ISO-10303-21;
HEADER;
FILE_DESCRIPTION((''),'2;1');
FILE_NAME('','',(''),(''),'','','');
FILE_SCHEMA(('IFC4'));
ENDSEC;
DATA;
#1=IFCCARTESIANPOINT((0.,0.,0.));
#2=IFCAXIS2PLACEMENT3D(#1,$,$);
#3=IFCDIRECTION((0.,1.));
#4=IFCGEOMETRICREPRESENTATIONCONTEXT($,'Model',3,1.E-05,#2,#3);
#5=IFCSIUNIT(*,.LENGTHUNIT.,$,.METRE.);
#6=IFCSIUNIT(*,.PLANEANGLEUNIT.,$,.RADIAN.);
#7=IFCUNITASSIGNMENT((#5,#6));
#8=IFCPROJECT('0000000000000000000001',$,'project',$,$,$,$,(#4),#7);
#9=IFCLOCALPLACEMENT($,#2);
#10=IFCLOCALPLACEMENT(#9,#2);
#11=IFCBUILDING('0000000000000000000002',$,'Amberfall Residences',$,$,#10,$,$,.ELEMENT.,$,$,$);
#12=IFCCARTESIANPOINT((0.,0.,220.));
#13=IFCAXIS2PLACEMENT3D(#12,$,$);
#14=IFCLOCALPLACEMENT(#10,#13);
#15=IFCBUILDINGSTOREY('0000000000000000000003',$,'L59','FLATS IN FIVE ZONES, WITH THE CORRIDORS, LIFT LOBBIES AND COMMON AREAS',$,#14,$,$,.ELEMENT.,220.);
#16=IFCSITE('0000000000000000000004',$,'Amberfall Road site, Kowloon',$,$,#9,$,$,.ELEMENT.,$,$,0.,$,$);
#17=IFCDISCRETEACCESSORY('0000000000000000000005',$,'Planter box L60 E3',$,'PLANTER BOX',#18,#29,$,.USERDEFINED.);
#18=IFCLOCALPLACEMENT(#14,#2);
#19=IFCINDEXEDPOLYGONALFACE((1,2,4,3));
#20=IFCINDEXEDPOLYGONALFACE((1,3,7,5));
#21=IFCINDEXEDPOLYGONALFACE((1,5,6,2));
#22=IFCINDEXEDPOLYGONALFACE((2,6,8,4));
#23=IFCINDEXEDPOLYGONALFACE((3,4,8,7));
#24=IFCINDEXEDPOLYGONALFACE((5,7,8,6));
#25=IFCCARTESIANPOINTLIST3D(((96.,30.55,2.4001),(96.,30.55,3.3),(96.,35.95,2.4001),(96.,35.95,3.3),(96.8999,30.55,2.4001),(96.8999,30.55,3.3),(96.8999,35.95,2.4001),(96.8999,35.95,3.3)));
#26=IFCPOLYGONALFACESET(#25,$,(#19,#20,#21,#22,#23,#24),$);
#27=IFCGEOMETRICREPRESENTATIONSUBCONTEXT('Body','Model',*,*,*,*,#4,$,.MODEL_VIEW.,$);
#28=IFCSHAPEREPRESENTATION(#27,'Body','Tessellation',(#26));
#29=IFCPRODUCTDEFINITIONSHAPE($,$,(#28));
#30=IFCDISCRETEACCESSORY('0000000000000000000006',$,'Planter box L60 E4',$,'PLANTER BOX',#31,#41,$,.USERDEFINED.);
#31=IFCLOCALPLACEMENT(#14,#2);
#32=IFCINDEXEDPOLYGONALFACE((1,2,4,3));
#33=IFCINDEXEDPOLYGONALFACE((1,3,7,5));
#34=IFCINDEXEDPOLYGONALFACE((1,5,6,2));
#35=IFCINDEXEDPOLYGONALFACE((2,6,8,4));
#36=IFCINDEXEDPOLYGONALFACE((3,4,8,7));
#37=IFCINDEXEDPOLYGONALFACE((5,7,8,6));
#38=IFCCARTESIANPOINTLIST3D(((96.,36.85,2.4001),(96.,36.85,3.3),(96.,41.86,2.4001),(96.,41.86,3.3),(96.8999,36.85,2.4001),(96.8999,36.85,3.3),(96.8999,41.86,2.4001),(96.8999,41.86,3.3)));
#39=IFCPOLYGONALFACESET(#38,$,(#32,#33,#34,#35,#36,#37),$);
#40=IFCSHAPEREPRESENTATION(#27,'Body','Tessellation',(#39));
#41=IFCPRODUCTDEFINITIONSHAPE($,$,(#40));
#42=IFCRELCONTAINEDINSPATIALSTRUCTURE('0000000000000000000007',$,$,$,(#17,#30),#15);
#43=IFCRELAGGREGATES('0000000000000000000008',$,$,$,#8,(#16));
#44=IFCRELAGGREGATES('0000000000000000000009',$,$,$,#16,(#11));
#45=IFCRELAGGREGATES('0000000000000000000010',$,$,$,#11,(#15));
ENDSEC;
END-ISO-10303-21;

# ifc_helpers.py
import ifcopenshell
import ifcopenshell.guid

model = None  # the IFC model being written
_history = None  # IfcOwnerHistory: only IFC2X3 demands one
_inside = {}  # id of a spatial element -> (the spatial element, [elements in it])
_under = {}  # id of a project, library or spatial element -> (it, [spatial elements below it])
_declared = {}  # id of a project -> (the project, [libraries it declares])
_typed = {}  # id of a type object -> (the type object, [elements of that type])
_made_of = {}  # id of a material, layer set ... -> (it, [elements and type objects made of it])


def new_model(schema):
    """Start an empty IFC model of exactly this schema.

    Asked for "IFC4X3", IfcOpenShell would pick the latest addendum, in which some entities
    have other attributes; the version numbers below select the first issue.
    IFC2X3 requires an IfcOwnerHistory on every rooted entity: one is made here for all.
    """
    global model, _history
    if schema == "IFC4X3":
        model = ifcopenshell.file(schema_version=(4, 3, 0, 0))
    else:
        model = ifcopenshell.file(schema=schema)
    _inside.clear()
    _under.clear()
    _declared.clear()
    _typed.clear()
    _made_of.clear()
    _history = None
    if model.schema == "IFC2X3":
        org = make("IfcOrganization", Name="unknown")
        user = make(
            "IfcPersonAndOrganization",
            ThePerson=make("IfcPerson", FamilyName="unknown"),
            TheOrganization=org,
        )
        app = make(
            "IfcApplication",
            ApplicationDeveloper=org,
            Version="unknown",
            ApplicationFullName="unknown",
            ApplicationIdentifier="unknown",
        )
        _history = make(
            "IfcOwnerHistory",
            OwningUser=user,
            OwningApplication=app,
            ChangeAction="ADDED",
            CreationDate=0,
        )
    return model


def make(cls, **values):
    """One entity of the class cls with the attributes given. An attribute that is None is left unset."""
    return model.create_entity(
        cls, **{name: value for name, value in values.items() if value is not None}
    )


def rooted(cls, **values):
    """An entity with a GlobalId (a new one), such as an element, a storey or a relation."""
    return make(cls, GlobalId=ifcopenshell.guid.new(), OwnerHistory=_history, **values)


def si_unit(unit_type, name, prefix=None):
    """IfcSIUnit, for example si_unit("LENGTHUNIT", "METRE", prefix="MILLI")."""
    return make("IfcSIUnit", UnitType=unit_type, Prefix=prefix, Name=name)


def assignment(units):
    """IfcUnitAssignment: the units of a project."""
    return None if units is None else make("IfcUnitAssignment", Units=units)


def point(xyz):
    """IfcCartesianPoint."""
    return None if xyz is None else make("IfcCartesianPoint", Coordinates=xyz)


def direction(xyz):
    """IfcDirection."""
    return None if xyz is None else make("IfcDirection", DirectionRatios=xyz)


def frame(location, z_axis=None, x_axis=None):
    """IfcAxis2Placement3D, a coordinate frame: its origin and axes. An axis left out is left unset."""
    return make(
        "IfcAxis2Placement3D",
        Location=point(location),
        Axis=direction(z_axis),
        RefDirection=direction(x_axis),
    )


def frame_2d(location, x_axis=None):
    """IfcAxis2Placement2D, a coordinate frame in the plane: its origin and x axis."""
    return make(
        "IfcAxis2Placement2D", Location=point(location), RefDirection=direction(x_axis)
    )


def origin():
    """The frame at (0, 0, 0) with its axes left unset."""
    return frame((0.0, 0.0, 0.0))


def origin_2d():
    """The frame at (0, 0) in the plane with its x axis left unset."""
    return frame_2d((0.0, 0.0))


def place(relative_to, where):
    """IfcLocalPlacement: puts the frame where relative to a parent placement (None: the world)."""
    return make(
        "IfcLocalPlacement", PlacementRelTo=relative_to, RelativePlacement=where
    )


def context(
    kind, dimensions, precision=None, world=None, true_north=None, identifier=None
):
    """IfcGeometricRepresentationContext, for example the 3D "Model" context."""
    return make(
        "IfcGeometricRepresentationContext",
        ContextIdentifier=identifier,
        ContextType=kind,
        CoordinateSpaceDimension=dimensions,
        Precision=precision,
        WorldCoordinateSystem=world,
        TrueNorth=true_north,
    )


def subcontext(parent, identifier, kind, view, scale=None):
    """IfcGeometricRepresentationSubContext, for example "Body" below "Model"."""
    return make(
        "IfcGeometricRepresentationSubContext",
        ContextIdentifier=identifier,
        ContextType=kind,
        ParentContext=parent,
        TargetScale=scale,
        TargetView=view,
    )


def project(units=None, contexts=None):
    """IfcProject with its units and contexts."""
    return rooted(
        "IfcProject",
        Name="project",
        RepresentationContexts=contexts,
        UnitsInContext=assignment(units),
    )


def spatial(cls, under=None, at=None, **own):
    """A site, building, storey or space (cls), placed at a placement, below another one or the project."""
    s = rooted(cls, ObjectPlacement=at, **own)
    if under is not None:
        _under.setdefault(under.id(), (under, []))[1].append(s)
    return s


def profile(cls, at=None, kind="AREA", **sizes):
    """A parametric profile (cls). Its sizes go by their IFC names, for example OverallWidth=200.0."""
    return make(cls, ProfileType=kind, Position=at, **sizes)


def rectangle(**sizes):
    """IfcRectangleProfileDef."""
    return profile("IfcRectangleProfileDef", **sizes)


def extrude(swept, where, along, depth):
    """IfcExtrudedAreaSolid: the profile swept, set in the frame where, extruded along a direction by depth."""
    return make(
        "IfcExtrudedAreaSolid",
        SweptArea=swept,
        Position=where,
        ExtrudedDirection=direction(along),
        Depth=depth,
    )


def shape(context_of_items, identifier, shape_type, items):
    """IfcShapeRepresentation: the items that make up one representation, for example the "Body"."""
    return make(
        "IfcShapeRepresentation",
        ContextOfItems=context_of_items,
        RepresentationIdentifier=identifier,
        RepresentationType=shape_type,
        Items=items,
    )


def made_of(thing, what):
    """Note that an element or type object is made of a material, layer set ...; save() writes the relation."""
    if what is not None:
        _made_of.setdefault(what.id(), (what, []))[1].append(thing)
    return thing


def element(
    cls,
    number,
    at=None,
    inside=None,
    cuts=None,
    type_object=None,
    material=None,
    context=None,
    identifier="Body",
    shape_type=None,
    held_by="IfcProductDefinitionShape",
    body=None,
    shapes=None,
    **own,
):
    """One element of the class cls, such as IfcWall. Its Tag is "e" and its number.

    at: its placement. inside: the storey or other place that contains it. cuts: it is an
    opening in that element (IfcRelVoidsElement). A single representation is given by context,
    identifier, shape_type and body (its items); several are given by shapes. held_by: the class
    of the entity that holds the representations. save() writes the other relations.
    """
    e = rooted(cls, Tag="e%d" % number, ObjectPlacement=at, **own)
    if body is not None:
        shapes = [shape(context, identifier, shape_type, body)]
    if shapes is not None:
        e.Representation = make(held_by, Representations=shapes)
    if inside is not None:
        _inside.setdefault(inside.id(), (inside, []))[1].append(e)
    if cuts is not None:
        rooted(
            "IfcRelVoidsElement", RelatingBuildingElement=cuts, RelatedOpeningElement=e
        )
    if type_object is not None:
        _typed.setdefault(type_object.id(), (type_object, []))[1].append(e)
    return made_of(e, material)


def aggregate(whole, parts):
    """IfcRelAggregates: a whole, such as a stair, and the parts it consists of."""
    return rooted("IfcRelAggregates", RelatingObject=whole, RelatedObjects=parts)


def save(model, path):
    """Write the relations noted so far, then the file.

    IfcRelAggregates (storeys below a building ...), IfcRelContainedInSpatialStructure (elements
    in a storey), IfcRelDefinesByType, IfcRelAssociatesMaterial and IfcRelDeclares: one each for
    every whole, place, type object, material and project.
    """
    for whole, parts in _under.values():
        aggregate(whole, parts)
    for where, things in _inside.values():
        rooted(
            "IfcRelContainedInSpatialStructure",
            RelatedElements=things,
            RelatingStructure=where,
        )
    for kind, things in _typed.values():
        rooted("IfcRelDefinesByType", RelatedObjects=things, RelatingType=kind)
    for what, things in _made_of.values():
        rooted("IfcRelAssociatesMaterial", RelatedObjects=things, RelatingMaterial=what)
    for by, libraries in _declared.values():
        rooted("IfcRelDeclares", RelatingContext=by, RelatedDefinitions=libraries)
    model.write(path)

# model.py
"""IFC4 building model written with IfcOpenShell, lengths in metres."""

from ifc_helpers import new_model, si_unit, direction, frame, origin, origin_2d, place, context, subcontext, project, spatial, rectangle, extrude, element, save


model = new_model("IFC4")

# Units and contexts
model_context = context("Model", 3, precision=1e-05, world=origin(), true_north=direction((0.0, 1.0)))
body_context = subcontext(model_context, "Body", "Model", "MODEL_VIEW")
ifc_project = project(units=[si_unit("LENGTHUNIT", "METRE"), si_unit("PLANEANGLEUNIT", "RADIAN")], contexts=[model_context])

# Site, building, storey
site_placement = place(None, origin())
site = spatial("IfcSite", under=ifc_project, at=site_placement, Name="Amberfall Road site, Kowloon", CompositionType="ELEMENT", RefElevation=0.0)
building_placement = place(site_placement, origin())
building = spatial("IfcBuilding", under=site, at=building_placement, Name="Amberfall Residences", CompositionType="ELEMENT")
storey_placement = place(building_placement, frame((0.0, 0.0, 220.0)))
storey = spatial("IfcBuildingStorey", under=building, at=storey_placement, Name="L59", Description="FLATS IN FIVE ZONES, WITH THE CORRIDORS, LIFT LOBBIES AND COMMON AREAS", CompositionType="ELEMENT", Elevation=220.0)

# Discrete accessories
discrete_accessory_1_placement = place(storey_placement, frame((96.45, 33.25, 2.4001), z_axis=(0.0, 0.0, 1.0), x_axis=(0.0, 1.0, 0.0)))
element("IfcDiscreteAccessory", 1, at=discrete_accessory_1_placement, inside=storey, Name="Planter box L60 E3", ObjectType="PLANTER BOX", PredefinedType="USERDEFINED", context=body_context, shape_type="SweptSolid", body=[
    extrude(rectangle(XDim=5.3999, YDim=0.8999, at=origin_2d()), origin(), (0.0, 0.0, 1.0), 0.8999),
])
discrete_accessory_2_placement = place(storey_placement, frame((96.45, 39.355, 2.4001), z_axis=(0.0, 0.0, 1.0), x_axis=(0.0, 1.0, 0.0)))
element("IfcDiscreteAccessory", 2, at=discrete_accessory_2_placement, inside=storey, Name="Planter box L60 E4", ObjectType="PLANTER BOX", PredefinedType="USERDEFINED", context=body_context, shape_type="SweptSolid", body=[
    extrude(rectangle(XDim=5.01, YDim=0.8999, at=origin_2d()), origin(), (0.0, 0.0, 1.0), 0.8999),
])

save(model, "model.ifc")
